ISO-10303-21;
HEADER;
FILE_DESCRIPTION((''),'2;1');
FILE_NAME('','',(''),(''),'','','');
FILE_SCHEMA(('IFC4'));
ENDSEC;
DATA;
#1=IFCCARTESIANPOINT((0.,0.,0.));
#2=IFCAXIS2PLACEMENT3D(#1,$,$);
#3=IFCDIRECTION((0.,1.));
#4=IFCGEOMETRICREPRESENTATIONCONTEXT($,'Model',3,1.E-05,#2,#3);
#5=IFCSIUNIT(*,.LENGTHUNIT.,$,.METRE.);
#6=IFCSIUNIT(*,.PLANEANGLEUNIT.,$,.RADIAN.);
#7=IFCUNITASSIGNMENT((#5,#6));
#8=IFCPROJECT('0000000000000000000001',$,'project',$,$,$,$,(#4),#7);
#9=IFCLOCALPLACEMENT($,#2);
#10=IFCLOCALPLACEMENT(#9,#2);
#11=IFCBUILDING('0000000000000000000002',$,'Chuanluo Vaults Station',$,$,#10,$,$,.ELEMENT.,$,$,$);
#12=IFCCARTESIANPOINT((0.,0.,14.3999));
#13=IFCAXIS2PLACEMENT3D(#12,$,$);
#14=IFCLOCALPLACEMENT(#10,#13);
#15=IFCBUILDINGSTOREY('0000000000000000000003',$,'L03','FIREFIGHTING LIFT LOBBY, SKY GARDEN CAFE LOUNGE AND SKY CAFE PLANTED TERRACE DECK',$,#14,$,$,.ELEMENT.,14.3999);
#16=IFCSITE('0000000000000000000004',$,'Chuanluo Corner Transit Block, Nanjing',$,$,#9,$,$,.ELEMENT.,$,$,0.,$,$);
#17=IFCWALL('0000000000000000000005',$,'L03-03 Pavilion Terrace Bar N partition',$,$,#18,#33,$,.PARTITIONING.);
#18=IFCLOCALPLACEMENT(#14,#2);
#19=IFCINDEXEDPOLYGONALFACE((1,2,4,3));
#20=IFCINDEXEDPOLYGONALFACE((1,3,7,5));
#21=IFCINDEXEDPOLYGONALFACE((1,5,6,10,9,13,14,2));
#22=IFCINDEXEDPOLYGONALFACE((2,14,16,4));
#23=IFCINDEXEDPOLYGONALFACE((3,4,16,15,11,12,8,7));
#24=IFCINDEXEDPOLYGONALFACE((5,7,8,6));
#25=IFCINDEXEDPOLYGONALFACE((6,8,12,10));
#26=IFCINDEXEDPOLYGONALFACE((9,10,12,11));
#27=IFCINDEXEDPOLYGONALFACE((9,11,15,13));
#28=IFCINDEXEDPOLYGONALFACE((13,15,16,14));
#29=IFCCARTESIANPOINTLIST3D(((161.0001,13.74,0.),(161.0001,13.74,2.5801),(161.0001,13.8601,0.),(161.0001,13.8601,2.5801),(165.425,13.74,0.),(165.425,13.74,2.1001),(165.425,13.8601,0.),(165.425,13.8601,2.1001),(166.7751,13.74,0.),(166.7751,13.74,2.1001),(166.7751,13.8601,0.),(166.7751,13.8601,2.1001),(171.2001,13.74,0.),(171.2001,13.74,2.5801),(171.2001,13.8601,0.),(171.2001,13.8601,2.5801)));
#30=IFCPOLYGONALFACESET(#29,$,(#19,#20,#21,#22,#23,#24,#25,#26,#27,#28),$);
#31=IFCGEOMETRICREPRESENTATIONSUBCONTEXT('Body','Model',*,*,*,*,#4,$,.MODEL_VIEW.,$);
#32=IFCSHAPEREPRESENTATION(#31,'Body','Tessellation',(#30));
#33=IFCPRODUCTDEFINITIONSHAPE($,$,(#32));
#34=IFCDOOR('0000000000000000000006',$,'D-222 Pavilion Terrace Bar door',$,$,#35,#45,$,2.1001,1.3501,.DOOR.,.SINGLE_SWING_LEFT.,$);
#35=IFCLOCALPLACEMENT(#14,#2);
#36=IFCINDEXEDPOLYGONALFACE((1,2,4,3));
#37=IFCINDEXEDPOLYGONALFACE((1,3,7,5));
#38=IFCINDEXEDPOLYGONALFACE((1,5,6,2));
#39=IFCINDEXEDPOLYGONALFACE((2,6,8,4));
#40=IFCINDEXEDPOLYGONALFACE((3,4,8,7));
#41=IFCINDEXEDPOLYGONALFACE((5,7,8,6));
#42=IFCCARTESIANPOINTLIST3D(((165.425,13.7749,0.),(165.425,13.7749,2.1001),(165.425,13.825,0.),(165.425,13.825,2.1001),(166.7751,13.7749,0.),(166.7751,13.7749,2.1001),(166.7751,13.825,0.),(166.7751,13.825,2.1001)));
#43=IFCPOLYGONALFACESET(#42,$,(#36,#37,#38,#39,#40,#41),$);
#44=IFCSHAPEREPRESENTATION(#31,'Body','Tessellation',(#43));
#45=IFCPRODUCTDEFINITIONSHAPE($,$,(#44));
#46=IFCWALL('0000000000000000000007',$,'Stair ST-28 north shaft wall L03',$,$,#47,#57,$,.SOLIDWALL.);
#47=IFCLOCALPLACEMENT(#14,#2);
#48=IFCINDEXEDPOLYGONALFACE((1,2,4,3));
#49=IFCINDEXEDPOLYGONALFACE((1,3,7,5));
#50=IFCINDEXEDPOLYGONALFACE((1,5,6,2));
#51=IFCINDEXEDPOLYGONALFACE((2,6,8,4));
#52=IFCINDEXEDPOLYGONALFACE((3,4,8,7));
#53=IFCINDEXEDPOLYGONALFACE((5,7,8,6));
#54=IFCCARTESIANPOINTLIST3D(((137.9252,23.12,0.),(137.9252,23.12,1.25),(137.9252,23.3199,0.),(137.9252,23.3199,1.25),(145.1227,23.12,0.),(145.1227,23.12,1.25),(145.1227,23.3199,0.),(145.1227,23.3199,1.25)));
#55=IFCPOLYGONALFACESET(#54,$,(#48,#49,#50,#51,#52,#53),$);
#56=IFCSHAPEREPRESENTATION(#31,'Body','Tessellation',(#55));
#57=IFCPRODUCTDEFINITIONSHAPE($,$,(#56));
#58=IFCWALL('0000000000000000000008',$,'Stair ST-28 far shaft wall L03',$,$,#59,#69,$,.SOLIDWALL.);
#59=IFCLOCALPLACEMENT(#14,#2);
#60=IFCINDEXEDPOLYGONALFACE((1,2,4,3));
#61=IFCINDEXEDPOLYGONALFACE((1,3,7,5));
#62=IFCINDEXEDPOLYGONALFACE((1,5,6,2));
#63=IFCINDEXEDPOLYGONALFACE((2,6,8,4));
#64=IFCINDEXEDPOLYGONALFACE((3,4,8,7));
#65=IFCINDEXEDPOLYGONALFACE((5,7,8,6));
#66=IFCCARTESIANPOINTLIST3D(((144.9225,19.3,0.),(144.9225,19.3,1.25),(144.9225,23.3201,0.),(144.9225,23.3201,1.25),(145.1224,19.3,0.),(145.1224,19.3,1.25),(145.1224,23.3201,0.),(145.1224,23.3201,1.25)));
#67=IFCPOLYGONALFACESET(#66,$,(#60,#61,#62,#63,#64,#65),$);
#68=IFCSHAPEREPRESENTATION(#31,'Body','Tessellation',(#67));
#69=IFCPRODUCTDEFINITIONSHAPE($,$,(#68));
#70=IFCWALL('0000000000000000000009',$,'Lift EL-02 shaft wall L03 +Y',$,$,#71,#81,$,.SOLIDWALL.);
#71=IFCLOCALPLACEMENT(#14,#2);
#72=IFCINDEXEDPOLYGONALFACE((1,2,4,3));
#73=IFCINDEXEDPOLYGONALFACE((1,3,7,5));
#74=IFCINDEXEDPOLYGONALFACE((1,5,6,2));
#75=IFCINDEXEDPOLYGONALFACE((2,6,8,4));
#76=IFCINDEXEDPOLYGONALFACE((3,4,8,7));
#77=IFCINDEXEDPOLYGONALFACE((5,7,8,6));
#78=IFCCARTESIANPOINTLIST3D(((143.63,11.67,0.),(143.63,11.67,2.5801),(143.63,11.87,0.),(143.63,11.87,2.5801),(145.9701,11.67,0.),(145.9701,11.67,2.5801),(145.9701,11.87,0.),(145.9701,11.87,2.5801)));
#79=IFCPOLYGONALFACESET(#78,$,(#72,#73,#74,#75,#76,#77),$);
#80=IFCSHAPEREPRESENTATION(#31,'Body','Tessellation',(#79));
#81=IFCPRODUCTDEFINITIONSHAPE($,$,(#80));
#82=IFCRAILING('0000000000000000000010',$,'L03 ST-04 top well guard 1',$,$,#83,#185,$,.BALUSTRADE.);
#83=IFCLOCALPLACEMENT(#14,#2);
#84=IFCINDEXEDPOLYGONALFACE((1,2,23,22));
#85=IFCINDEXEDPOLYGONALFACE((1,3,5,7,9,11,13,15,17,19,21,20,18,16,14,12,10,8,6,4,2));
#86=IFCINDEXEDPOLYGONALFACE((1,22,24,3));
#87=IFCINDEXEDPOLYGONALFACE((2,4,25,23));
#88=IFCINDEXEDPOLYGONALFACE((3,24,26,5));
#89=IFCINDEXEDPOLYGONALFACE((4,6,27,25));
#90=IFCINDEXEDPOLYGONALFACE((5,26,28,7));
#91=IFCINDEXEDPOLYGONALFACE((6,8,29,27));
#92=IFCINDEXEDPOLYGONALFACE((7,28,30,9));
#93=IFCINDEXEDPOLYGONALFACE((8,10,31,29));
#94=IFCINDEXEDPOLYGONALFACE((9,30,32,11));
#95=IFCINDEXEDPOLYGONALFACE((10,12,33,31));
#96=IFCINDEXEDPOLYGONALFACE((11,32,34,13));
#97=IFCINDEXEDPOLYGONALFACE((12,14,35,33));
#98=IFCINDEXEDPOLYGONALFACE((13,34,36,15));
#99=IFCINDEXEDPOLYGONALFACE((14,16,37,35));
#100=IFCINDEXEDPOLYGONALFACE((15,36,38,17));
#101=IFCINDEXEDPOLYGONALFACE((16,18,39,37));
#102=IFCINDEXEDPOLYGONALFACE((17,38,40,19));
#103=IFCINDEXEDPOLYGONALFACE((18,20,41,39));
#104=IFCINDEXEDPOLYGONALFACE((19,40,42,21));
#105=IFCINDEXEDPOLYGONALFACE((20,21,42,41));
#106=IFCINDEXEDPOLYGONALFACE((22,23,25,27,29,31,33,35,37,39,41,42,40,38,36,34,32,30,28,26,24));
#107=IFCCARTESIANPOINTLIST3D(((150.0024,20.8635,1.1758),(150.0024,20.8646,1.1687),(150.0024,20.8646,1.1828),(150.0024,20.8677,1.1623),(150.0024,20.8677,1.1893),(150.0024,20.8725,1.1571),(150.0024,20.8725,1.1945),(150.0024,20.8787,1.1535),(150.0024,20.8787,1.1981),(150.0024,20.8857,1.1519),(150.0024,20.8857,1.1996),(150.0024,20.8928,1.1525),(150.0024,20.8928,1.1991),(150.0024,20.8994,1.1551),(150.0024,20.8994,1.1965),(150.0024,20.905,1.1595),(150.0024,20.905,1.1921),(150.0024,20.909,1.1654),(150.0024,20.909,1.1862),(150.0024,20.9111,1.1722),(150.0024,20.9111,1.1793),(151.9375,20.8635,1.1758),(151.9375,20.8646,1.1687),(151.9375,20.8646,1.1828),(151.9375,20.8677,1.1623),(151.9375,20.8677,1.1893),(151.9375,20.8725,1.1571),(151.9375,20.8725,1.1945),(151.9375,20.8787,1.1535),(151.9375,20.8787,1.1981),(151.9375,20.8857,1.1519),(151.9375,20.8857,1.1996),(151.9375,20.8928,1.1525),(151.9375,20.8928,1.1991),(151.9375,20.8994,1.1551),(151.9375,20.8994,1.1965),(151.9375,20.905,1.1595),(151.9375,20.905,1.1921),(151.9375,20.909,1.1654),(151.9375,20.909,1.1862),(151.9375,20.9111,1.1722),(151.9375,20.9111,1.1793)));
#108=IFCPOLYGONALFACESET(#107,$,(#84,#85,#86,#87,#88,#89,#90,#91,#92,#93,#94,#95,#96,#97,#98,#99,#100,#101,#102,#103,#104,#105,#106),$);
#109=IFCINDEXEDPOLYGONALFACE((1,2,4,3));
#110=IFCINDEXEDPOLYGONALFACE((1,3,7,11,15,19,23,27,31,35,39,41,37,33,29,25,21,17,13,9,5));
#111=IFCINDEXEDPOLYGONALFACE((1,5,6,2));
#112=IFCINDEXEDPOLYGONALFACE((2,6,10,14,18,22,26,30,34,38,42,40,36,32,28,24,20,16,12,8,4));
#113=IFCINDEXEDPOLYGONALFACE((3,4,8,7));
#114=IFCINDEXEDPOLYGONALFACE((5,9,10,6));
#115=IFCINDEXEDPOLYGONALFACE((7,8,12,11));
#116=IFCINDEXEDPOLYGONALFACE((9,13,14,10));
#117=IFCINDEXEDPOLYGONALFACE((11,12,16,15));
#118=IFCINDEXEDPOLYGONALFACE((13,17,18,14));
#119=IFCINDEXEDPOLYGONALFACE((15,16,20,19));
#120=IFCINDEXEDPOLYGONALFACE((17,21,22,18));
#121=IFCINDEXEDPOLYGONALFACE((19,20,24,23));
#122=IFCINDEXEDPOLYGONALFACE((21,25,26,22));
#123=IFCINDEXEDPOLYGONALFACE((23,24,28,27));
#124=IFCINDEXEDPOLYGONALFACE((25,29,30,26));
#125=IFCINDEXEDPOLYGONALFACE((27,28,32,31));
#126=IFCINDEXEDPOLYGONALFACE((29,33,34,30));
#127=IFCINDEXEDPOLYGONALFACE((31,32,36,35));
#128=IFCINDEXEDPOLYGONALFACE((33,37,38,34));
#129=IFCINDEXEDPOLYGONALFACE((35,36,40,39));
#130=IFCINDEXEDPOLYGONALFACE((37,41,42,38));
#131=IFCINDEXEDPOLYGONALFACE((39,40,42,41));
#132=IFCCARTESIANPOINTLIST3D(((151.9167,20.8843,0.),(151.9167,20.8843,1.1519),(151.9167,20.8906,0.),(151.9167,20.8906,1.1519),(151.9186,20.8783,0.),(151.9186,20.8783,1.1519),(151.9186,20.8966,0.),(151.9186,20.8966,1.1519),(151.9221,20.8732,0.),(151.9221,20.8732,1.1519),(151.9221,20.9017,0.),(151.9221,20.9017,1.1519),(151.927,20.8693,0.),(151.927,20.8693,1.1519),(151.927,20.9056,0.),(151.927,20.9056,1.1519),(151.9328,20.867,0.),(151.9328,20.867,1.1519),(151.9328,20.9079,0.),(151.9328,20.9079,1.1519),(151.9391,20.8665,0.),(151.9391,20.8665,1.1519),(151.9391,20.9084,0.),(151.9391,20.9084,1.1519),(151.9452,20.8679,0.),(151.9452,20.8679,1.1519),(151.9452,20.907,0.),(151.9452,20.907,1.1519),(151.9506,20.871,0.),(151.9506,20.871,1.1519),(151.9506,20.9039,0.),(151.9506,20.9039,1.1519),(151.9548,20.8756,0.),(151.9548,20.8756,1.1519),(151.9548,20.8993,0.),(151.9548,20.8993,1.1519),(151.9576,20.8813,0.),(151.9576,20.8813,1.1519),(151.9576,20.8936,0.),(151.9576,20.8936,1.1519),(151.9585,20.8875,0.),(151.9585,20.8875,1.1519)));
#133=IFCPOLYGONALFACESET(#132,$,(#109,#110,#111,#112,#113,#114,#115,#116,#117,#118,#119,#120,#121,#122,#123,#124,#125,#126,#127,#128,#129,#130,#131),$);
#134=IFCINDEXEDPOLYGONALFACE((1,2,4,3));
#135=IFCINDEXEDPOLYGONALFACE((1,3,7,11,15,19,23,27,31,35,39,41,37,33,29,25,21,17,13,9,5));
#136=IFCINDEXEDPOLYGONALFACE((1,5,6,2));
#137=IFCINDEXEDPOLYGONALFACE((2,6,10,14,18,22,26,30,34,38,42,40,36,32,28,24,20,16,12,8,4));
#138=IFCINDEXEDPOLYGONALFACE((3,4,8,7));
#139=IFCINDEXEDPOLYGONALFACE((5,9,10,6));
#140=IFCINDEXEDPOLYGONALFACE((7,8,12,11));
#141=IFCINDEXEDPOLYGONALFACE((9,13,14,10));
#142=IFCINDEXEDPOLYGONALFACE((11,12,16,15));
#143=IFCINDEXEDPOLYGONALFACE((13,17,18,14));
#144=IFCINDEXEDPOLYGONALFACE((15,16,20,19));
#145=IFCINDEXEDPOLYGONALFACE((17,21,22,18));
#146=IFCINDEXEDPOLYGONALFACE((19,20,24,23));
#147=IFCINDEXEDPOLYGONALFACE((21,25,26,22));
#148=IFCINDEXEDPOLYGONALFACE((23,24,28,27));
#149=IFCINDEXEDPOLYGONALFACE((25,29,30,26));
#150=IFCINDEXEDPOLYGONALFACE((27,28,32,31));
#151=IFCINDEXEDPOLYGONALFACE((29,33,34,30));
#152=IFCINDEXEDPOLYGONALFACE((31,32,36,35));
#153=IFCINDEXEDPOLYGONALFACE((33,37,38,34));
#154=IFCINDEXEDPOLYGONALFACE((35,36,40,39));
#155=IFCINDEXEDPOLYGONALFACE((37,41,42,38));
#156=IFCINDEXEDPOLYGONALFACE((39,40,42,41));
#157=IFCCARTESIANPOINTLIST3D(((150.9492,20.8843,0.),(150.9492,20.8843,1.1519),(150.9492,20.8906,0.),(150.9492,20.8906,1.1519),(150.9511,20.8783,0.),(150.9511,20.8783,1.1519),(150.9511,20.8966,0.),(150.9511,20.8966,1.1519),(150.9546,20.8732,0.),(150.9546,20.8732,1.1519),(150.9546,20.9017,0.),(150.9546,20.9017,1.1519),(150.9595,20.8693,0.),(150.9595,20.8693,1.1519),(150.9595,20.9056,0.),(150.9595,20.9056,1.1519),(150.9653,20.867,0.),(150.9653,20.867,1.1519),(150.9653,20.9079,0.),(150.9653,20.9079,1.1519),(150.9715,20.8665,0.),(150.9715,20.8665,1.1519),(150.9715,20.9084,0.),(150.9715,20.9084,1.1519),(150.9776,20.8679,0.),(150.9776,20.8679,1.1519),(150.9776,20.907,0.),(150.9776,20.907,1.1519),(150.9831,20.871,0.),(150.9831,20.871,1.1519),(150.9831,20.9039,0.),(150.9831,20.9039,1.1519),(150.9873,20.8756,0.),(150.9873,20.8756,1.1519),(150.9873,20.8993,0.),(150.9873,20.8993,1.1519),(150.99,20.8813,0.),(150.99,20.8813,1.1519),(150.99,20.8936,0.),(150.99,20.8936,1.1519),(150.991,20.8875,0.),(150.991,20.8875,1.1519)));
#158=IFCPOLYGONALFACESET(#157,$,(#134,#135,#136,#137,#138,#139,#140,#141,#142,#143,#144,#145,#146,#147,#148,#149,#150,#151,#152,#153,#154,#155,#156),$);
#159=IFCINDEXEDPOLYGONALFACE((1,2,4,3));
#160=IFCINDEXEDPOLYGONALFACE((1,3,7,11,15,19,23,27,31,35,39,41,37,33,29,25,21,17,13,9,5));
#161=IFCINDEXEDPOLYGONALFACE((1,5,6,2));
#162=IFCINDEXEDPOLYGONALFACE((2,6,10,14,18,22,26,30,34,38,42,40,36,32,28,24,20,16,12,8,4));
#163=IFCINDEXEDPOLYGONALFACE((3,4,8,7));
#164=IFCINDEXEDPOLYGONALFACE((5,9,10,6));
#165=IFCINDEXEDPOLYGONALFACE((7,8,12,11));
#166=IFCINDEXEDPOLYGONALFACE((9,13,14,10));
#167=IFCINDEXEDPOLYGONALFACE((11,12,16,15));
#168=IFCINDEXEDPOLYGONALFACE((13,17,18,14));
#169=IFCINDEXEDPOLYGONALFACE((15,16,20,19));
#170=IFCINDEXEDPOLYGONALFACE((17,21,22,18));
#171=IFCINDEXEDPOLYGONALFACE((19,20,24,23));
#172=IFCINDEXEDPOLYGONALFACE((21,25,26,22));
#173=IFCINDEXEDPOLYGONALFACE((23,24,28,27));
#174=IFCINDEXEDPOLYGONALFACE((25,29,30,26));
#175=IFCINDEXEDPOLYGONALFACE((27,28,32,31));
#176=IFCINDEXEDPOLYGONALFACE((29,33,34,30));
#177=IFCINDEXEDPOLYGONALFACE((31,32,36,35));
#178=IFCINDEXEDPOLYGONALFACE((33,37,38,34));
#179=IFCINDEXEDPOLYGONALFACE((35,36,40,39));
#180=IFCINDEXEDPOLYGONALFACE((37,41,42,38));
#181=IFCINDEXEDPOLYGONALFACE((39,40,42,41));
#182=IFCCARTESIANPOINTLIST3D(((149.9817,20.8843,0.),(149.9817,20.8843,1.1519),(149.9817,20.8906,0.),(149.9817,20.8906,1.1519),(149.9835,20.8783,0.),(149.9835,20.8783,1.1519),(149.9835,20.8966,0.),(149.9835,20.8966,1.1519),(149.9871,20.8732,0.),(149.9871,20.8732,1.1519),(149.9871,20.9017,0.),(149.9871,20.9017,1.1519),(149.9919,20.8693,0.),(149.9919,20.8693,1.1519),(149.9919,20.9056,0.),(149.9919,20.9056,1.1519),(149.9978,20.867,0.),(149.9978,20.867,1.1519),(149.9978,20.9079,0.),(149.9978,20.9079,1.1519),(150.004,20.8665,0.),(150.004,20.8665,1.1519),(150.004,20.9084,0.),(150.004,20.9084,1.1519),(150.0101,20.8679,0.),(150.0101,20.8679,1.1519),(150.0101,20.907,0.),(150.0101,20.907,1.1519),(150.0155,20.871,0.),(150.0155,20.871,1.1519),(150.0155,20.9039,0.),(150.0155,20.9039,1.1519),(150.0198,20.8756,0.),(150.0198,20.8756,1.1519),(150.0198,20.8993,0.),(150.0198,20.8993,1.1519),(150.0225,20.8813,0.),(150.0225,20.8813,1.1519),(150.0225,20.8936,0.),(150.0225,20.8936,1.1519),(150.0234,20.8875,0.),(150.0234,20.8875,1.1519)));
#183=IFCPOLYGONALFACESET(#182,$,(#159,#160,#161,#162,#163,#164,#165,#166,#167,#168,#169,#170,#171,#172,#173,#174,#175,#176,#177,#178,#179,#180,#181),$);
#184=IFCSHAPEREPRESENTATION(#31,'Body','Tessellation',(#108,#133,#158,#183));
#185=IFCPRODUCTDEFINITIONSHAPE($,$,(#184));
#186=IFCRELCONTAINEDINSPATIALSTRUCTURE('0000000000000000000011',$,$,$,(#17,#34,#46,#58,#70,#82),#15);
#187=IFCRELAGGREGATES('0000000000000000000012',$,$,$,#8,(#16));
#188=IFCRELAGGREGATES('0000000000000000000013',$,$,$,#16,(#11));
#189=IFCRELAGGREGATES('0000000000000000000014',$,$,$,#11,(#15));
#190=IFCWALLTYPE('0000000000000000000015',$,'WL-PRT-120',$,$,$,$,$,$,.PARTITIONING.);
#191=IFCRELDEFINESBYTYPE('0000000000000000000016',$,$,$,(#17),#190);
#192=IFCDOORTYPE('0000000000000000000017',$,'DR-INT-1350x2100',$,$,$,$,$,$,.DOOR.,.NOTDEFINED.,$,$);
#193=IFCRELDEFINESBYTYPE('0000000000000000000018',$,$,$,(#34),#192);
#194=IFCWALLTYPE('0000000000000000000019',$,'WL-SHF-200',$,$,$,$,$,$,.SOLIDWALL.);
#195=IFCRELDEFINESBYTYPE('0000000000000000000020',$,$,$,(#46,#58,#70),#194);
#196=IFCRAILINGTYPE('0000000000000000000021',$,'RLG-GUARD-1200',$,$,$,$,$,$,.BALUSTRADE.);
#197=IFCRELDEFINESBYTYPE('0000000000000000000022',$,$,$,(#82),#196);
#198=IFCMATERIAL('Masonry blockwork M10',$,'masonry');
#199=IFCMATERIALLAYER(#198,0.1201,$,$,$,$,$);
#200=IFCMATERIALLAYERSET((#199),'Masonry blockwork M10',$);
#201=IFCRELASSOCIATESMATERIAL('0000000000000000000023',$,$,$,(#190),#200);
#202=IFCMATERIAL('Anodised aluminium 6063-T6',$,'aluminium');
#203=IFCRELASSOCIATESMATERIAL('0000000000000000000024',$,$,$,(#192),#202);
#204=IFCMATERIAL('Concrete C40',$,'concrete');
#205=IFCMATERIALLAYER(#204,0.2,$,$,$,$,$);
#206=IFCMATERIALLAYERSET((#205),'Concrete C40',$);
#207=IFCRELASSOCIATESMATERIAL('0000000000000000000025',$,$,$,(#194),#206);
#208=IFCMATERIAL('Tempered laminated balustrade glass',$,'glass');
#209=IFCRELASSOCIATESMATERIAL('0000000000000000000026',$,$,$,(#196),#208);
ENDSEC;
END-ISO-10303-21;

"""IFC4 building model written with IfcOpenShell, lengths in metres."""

from ifc_helpers import new_model, si_unit, direction, frame, frame_2d, origin, origin_2d, place, context, subcontext, project, spatial, rectangle, circle, extrude, material, layer, layer_set, type_object, element, fill, save


model = new_model("IFC4")

# Units and contexts
model_context = context("Model", 3, precision=1e-05, world=origin(), true_north=direction((0.0, 1.0)))
body_context = subcontext(model_context, "Body", "Model", "MODEL_VIEW")
ifc_project = project(units=[si_unit("LENGTHUNIT", "METRE"), si_unit("PLANEANGLEUNIT", "RADIAN")], contexts=[model_context])

# Site, building, storey
site_placement = place(None, origin())
site = spatial("IfcSite", under=ifc_project, at=site_placement, Name="Chuanluo Corner Transit Block, Nanjing", CompositionType="ELEMENT", RefElevation=0.0)
building_placement = place(site_placement, origin())
building = spatial("IfcBuilding", under=site, at=building_placement, Name="Chuanluo Vaults Station", CompositionType="ELEMENT")
storey_placement = place(building_placement, frame((0.0, 0.0, 14.3999)))
storey = spatial("IfcBuildingStorey", under=building, at=storey_placement, Name="L03", Description="FIREFIGHTING LIFT LOBBY, SKY GARDEN CAFE LOUNGE AND SKY CAFE PLANTED TERRACE DECK", CompositionType="ELEMENT", Elevation=14.3999)

# Wall, opening, door
ifc_material_1 = material(Name="Masonry blockwork M10", Category="masonry")
ifc_layer_1 = layer(ifc_material_1, 0.1201)
ifc_layer_set_1 = layer_set([ifc_layer_1], Name="Masonry blockwork M10")
wall_type_1 = type_object("IfcWallType", Name="WL-PRT-120", PredefinedType="PARTITIONING", material=ifc_layer_set_1)
wall_1_placement = place(storey_placement, frame((161.0, 13.8, 0.0), z_axis=(0.0, 0.0, 1.0), x_axis=(1.0, 0.0, 0.0)))
wall_1 = element("IfcWall", 1, at=wall_1_placement, inside=storey, type_object=wall_type_1, Name="L03-03 Pavilion Terrace Bar N partition", PredefinedType="PARTITIONING", context=body_context, shape_type="SweptSolid", body=[
    extrude(rectangle(XDim=10.2, YDim=0.1201, at=frame_2d((5.1001, 0.0))), origin(), (0.0, 0.0, 1.0), 2.5801),
])
opening_1_placement = place(wall_1_placement, frame((4.425, 0.0, 0.0)))
opening_1 = element("IfcOpeningElement", 2, at=opening_1_placement, cuts=wall_1, PredefinedType="OPENING", context=body_context, shape_type="SweptSolid", body=[
    extrude(rectangle(XDim=1.3501, YDim=2.1001, at=frame_2d((0.675, 1.05))), frame((0.0, 0.0701, 0.0), z_axis=(0.0, -1.0, 0.0), x_axis=(1.0, 0.0, 0.0)), (0.0, 0.0, 1.0), 0.1401),
])
ifc_material_2 = material(Name="Anodised aluminium 6063-T6", Category="aluminium")
door_type_1 = type_object("IfcDoorType", Name="DR-INT-1350x2100", OperationType="NOTDEFINED", PredefinedType="DOOR", material=ifc_material_2)
door_1_placement = place(opening_1_placement, origin())
door_1 = element("IfcDoor", 3, at=door_1_placement, inside=storey, type_object=door_type_1, Name="D-222 Pavilion Terrace Bar door", OperationType="SINGLE_SWING_LEFT", OverallHeight=2.1001, OverallWidth=1.3501, PredefinedType="DOOR", context=body_context, shape_type="SweptSolid", body=[
    extrude(rectangle(XDim=1.3501, YDim=2.1001, at=frame_2d((0.675, 1.05))), frame((0.0, 0.0249, 0.0), z_axis=(0.0, -1.0, 0.0), x_axis=(1.0, 0.0, 0.0)), (0.0, 0.0, 1.0), 0.05),
])
fill(opening_1, door_1)

# Walls
ifc_material_3 = material(Name="Concrete C40", Category="concrete")
ifc_layer_2 = layer(ifc_material_3, 0.2)
ifc_layer_set_2 = layer_set([ifc_layer_2], Name="Concrete C40")
wall_type_2 = type_object("IfcWallType", Name="WL-SHF-200", PredefinedType="SOLIDWALL", material=ifc_layer_set_2)
wall_2_placement = place(storey_placement, frame((145.1226, 23.22, 0.0), z_axis=(0.0, 0.0, 1.0), x_axis=(-1.0, 0.0, 0.0)))
element("IfcWall", 4, at=wall_2_placement, inside=storey, type_object=wall_type_2, Name="Stair ST-28 north shaft wall L03", PredefinedType="SOLIDWALL", context=body_context, shape_type="SweptSolid", body=[
    extrude(rectangle(XDim=7.1975, YDim=0.2, at=frame_2d((3.5986, 0.0))), origin(), (0.0, 0.0, 1.0), 1.25),
])
wall_3_placement = place(storey_placement, frame((145.0225, 19.3, 0.0), z_axis=(0.0, 0.0, 1.0), x_axis=(0.0, 1.0, 0.0)))
element("IfcWall", 5, at=wall_3_placement, inside=storey, type_object=wall_type_2, Name="Stair ST-28 far shaft wall L03", PredefinedType="SOLIDWALL", context=body_context, shape_type="SweptSolid", body=[
    extrude(rectangle(XDim=4.02, YDim=0.2, at=frame_2d((2.01, 0.0))), origin(), (0.0, 0.0, 1.0), 1.25),
])
wall_4_placement = place(storey_placement, frame((145.97, 11.77, 0.0), z_axis=(0.0, 0.0, 1.0), x_axis=(-1.0, 0.0, 0.0)))
element("IfcWall", 6, at=wall_4_placement, inside=storey, type_object=wall_type_2, Name="Lift EL-02 shaft wall L03 +Y", PredefinedType="SOLIDWALL", context=body_context, shape_type="SweptSolid", body=[
    extrude(rectangle(XDim=2.3401, YDim=0.2, at=frame_2d((1.1699, 0.0))), origin(), (0.0, 0.0, 1.0), 2.5801),
])

# Railing
ifc_material_4 = material(Name="Tempered laminated balustrade glass", Category="glass")
railing_type = type_object("IfcRailingType", Name="RLG-GUARD-1200", PredefinedType="BALUSTRADE", material=ifc_material_4)
for number, where, name in (
    (7, (151.9375, 20.8875, 0.0), "L03 ST-04 top well guard 1"),
):
    element("IfcRailing", number, at=place(storey_placement, frame(where)), inside=storey, type_object=railing_type, Name=name, PredefinedType="BALUSTRADE", context=body_context, shape_type="SweptSolid", body=[
        extrude(circle(Radius=0.0239, at=origin_2d()), frame((0.0, 0.0, 1.1758), z_axis=(-1.0, 0.0, 0.0), x_axis=(0.0, -1.0, 0.0)), (0.0, 0.0, 1.0), 1.9351),
        extrude(circle(Radius=0.021, at=origin_2d()), origin(), (0.0, 0.0, 1.0), 1.1519),
        extrude(circle(Radius=0.021, at=origin_2d()), frame((-0.9675, 0.0, 0.0)), (0.0, 0.0, 1.0), 1.1519),
        extrude(circle(Radius=0.021, at=origin_2d()), frame((-1.9351, 0.0, 0.0)), (0.0, 0.0, 1.0), 1.1519),
    ])

save(model, "model.ifc")
